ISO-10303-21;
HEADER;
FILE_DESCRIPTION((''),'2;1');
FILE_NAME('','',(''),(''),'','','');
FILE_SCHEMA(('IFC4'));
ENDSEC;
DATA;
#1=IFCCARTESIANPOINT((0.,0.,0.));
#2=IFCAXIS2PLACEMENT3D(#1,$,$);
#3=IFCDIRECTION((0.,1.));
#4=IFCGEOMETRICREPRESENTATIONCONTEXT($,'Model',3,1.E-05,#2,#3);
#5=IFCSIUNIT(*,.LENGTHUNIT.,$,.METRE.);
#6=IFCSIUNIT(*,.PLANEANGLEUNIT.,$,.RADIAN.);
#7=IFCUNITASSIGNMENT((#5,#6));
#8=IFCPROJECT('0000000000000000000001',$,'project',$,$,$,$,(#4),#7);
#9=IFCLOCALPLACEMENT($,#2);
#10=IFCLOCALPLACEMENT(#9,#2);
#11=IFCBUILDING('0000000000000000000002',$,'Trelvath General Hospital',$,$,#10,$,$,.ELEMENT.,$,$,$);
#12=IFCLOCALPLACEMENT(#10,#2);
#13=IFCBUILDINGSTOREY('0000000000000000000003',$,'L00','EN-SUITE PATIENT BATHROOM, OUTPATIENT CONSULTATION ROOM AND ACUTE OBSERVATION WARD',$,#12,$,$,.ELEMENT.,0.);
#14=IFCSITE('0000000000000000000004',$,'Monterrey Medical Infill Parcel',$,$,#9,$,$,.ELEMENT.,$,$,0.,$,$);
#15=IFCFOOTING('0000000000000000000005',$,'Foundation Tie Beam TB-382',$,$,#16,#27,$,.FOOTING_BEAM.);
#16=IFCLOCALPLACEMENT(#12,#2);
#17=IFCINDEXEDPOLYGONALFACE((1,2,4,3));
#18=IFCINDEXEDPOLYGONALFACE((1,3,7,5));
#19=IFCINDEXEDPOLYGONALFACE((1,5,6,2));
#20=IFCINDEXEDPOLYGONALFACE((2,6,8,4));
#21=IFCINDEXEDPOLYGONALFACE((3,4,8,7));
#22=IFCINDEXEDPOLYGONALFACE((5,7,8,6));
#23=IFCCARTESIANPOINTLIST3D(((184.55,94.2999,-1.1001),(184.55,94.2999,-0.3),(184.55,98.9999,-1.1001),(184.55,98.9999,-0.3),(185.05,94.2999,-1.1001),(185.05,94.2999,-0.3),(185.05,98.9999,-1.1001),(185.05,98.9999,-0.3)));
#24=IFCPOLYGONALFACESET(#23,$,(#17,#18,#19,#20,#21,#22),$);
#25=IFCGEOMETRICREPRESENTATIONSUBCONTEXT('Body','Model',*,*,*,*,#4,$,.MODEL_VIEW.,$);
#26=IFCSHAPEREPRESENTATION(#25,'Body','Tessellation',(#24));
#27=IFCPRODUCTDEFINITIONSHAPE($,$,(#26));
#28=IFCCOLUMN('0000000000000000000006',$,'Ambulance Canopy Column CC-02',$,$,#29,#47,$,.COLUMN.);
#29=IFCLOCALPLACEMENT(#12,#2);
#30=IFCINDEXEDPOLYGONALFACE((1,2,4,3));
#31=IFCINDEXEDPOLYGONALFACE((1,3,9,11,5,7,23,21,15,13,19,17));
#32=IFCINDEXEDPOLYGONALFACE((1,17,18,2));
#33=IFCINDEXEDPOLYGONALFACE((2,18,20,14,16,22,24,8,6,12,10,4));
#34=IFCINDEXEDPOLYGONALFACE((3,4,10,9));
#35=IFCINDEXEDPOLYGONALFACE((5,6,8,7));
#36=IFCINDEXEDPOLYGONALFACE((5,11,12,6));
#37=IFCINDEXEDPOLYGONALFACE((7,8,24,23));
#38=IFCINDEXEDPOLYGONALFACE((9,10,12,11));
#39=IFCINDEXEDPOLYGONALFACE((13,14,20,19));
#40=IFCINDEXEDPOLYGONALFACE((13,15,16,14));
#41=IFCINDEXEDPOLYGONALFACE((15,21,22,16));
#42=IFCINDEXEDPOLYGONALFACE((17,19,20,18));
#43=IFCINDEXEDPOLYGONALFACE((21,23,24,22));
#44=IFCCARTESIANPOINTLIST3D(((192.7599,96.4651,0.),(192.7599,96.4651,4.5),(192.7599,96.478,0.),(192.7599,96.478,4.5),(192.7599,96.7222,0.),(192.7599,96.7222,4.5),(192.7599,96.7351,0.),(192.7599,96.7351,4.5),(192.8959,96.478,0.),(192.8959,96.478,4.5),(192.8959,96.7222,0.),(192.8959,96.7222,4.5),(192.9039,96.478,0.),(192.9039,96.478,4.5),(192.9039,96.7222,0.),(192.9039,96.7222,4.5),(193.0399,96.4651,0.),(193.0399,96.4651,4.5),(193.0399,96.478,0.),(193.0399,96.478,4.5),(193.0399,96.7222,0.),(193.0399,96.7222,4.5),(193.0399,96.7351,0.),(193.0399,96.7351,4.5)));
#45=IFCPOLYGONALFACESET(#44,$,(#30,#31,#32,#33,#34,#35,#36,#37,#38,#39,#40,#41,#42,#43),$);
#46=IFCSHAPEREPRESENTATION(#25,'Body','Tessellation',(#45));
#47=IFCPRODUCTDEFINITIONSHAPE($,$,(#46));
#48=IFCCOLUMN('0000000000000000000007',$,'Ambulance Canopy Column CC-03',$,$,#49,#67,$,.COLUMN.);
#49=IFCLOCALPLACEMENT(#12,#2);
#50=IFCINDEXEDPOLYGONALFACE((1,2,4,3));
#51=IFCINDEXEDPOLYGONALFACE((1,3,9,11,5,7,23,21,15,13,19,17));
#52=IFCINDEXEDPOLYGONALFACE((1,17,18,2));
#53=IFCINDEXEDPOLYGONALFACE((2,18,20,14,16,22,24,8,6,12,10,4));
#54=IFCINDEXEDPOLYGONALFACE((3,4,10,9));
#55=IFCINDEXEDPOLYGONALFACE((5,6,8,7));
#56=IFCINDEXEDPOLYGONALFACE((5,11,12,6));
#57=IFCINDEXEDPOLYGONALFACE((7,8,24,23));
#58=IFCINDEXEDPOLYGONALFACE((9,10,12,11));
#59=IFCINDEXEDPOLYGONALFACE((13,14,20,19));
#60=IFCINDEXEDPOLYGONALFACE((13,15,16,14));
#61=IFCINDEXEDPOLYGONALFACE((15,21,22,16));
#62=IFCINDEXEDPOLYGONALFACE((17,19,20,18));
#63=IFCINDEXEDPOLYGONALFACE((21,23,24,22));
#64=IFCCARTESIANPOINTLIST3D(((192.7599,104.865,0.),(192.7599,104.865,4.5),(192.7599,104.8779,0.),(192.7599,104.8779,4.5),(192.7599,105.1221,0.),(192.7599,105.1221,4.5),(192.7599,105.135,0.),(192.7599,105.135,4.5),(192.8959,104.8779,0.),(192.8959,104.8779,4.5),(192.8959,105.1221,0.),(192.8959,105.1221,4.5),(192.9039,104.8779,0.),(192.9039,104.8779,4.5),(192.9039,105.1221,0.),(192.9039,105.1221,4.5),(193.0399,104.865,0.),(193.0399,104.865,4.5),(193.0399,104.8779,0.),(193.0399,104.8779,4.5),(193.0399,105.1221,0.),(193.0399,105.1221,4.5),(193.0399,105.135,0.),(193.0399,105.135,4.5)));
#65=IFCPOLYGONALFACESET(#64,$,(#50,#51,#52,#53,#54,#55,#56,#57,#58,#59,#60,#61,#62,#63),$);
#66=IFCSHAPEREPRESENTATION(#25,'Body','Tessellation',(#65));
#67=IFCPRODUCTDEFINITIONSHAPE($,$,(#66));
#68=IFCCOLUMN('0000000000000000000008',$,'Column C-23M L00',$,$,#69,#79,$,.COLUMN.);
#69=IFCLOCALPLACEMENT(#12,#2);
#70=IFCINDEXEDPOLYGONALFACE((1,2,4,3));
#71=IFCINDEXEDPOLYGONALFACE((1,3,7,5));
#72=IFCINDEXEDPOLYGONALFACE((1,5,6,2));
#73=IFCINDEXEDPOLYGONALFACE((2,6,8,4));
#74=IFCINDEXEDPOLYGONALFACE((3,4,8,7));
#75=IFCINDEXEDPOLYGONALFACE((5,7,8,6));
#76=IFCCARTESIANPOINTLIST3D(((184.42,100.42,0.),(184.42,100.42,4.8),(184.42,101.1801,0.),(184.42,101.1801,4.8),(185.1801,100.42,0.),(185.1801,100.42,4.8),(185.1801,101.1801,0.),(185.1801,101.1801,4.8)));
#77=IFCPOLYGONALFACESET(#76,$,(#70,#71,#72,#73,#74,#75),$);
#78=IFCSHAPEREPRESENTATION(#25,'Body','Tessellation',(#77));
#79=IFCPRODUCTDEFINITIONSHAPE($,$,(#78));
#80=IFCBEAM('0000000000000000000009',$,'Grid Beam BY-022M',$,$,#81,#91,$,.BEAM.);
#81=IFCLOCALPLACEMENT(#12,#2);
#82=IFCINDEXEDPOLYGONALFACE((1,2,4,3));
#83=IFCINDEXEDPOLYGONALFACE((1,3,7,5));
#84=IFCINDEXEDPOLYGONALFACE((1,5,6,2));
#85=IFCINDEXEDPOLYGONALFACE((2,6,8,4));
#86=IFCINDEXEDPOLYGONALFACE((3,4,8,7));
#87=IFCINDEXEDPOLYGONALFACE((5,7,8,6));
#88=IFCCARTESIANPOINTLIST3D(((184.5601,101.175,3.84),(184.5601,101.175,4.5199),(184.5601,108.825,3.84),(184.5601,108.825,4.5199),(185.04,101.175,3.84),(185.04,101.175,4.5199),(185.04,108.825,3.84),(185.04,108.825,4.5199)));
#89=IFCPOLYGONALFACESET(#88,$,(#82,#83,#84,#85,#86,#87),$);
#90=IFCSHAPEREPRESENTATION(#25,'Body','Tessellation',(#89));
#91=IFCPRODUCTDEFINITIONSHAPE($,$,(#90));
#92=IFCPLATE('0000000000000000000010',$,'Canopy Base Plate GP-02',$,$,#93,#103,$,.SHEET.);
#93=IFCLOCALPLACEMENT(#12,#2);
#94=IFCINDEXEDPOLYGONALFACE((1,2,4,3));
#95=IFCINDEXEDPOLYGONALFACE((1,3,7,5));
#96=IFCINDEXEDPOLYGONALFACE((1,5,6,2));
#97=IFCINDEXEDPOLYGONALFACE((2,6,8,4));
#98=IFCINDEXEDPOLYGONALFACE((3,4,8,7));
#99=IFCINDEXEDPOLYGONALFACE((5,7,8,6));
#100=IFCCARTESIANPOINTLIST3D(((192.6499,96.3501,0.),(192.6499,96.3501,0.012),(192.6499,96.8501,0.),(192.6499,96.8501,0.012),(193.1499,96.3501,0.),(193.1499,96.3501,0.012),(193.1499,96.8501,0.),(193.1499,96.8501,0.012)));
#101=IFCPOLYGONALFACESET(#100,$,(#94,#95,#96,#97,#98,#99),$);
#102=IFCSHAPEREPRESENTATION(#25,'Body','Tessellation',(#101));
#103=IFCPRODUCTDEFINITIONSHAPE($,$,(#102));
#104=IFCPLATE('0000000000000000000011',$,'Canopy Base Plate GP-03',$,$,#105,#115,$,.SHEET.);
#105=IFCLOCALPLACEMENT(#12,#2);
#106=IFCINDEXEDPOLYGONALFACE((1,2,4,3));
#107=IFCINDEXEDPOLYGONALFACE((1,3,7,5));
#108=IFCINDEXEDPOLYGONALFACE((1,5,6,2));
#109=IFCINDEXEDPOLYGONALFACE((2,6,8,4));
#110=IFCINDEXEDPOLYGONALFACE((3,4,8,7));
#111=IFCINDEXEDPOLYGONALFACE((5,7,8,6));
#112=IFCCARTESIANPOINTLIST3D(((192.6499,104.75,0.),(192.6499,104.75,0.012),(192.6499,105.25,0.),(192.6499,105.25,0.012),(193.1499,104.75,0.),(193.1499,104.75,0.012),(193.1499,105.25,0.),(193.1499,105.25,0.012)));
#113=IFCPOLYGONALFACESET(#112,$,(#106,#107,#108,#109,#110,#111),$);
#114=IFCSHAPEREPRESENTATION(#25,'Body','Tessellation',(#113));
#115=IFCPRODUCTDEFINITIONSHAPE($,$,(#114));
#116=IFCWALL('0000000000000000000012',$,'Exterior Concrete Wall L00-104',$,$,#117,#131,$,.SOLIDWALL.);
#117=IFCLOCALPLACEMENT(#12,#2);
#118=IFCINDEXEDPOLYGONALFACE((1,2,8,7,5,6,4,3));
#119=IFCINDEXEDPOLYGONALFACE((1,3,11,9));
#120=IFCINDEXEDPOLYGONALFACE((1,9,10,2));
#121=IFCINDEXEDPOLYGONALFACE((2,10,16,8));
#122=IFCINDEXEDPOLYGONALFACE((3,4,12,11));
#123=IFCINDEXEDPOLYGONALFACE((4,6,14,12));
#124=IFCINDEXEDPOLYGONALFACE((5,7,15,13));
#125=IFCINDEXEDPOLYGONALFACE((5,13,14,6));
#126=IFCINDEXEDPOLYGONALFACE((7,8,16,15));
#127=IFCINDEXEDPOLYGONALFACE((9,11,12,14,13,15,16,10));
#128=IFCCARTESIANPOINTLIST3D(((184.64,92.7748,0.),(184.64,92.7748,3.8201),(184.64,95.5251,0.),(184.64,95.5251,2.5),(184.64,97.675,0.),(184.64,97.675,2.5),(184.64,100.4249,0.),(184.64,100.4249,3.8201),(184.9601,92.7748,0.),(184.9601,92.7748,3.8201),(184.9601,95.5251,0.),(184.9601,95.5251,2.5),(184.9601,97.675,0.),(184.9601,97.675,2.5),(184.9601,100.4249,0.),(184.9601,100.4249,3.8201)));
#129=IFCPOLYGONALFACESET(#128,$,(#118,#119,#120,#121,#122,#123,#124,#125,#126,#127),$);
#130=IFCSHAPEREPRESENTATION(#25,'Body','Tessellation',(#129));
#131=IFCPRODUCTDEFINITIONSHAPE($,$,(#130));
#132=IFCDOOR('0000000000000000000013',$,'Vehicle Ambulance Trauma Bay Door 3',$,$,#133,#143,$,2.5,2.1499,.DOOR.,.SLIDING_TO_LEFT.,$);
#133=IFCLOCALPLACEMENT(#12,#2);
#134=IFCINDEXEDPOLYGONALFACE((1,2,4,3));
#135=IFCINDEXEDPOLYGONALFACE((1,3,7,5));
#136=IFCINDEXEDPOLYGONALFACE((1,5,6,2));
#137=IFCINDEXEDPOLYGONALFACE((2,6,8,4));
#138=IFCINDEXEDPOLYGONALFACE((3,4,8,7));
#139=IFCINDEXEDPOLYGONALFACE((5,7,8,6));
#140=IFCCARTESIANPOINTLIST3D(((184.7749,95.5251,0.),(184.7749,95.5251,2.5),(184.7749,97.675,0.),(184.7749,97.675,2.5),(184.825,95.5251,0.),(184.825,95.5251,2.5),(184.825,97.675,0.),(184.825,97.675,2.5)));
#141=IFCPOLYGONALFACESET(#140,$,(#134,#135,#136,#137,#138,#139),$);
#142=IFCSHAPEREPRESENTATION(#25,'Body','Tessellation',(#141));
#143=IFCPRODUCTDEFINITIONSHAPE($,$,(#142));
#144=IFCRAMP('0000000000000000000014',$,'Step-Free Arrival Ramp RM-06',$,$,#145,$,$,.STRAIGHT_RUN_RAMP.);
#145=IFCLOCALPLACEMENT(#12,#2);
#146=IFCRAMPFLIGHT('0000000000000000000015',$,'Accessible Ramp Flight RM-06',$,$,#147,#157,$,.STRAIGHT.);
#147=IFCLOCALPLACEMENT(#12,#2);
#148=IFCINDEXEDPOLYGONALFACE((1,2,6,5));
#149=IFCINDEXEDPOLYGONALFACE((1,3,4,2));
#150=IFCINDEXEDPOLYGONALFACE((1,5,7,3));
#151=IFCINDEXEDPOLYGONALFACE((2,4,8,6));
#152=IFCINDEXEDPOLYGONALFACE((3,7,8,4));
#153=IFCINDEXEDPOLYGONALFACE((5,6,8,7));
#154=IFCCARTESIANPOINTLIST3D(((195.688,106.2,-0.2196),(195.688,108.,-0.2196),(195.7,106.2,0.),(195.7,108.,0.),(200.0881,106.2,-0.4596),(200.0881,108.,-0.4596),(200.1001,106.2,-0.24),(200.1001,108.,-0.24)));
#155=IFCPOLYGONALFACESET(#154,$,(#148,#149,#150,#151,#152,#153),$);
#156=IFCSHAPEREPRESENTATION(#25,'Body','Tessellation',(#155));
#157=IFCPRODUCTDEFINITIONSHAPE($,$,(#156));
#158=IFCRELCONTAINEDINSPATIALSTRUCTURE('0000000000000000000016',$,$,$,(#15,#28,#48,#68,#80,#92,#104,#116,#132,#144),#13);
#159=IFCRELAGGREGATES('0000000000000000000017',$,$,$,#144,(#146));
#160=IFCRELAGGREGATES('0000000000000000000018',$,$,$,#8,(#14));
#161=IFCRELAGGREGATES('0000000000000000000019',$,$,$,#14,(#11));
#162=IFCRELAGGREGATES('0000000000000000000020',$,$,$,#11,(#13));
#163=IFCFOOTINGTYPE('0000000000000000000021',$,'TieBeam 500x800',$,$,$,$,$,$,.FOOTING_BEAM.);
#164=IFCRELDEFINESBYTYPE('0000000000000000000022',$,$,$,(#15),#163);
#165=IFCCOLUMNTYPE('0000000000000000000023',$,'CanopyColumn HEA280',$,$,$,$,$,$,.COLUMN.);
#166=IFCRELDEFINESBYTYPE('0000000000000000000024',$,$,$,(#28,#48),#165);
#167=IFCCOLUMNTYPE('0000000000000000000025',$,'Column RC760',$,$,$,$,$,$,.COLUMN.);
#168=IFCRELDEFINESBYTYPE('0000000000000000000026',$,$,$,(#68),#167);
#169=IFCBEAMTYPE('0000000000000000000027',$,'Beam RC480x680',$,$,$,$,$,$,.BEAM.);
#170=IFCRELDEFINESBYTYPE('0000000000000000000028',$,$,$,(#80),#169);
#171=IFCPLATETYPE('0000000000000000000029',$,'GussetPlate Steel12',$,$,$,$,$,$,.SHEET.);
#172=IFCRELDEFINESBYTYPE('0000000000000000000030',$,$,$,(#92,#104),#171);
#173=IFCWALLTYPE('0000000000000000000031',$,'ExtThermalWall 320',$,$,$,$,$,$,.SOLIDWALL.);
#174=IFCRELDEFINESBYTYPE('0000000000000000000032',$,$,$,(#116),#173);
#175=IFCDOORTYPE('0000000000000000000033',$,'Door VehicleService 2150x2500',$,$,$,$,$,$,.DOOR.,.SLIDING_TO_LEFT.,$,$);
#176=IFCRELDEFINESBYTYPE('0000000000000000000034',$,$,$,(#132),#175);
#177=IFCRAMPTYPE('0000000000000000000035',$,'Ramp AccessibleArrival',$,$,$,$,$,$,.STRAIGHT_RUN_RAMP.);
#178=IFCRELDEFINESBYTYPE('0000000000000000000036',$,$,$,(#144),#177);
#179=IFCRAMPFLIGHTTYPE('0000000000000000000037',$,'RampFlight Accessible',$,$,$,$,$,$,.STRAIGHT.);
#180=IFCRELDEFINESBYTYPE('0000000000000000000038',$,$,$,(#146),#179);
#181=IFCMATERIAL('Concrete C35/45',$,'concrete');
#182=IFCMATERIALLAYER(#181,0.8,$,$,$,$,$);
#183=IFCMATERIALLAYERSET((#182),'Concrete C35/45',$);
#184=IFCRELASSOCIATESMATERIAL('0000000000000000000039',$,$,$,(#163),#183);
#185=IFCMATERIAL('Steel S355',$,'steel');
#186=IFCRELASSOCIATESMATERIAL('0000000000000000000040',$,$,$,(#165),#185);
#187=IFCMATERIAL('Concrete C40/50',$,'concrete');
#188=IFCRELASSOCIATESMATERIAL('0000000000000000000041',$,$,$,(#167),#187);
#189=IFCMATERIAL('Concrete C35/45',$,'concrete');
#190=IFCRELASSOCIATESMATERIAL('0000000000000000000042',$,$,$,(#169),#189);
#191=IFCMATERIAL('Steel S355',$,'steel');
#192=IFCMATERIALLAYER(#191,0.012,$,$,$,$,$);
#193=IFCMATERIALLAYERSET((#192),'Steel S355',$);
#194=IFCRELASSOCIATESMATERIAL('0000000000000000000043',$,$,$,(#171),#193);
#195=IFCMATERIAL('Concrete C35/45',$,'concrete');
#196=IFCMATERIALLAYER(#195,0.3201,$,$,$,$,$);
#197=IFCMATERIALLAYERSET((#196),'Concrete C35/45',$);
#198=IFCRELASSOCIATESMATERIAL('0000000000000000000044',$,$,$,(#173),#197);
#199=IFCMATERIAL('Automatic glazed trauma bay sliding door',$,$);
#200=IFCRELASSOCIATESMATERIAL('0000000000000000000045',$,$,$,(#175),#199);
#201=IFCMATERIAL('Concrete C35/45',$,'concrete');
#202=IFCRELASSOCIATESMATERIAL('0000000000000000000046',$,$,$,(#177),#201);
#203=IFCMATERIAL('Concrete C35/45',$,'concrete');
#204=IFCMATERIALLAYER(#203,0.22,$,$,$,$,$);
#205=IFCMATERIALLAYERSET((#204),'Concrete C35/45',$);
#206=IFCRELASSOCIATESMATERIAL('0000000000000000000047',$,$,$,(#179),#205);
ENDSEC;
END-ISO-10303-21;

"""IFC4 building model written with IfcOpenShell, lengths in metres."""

from ifc_helpers import new_model, si_unit, direction, frame, frame_2d, origin, origin_2d, place, context, subcontext, project, spatial, polyline, rectangle, i_section, outline, extrude, material, layer, layer_set, material_profile, profile_set, type_object, element, fill, aggregate, save


model = new_model("IFC4")

# Units and contexts
model_context = context("Model", 3, precision=1e-05, world=origin(), true_north=direction((0.0, 1.0)))
body_context = subcontext(model_context, "Body", "Model", "MODEL_VIEW")
ifc_project = project(units=[si_unit("LENGTHUNIT", "METRE"), si_unit("PLANEANGLEUNIT", "RADIAN")], contexts=[model_context])

# Site, building, storey
site_placement = place(None, origin())
site = spatial("IfcSite", under=ifc_project, at=site_placement, Name="Monterrey Medical Infill Parcel", CompositionType="ELEMENT", RefElevation=0.0)
building_placement = place(site_placement, origin())
building = spatial("IfcBuilding", under=site, at=building_placement, Name="Trelvath General Hospital", CompositionType="ELEMENT")
storey_placement = place(building_placement, origin())
storey = spatial("IfcBuildingStorey", under=building, at=storey_placement, Name="L00", Description="EN-SUITE PATIENT BATHROOM, OUTPATIENT CONSULTATION ROOM AND ACUTE OBSERVATION WARD", CompositionType="ELEMENT", Elevation=0.0)

# Footing
ifc_material_1 = material(Name="Concrete C35/45", Category="concrete")
ifc_layer_1 = layer(ifc_material_1, 0.8)
ifc_layer_set_1 = layer_set([ifc_layer_1], Name="Concrete C35/45")
footing_type_1 = type_object("IfcFootingType", Name="TieBeam 500x800", PredefinedType="FOOTING_BEAM", material=ifc_layer_set_1)
footing_1_placement = place(storey_placement, frame((184.8, 96.6499, -1.1001), z_axis=(0.0, 0.0, 1.0), x_axis=(1.0, 0.0, 0.0)))
element("IfcFooting", 1, at=footing_1_placement, inside=storey, type_object=footing_type_1, Name="Foundation Tie Beam TB-382", PredefinedType="FOOTING_BEAM", context=body_context, shape_type="SweptSolid", body=[
    extrude(rectangle(XDim=0.5, YDim=4.7, at=origin_2d()), origin(), (0.0, 0.0, 1.0), 0.8),
])

# Columns
ifc_material_2 = material(Name="Steel S355", Category="steel")
ifc_material_profile_1 = material_profile(ifc_material_2, i_section(OverallWidth=0.28, OverallDepth=0.27, WebThickness=0.0081, FlangeThickness=0.0129, at=origin_2d()), Name="HEA280")
ifc_profile_set_1 = profile_set([ifc_material_profile_1], Name="Steel S355")
column_type_1 = type_object("IfcColumnType", Name="CanopyColumn HEA280", PredefinedType="COLUMN", material=ifc_profile_set_1)
for number, where, z_axis, x_axis, name in (
    (2, (192.8999, 96.6001, 0.0), (0.0, 0.0, 1.0), (1.0, 0.0, 0.0), "Ambulance Canopy Column CC-02"),
    (3, (192.8999, 105.0, 0.0), (0.0, 0.0, 1.0), (1.0, 0.0, 0.0), "Ambulance Canopy Column CC-03"),
):
    element("IfcColumn", number, at=place(storey_placement, frame(where, z_axis=z_axis, x_axis=x_axis)), inside=storey, type_object=column_type_1, Name=name, PredefinedType="COLUMN", context=body_context, shape_type="SweptSolid", body=[
        extrude(i_section(OverallWidth=0.28, OverallDepth=0.27, WebThickness=0.0081, FlangeThickness=0.0129, at=origin_2d()), origin(), (0.0, 0.0, 1.0), 4.5),
    ])
ifc_material_3 = material(Name="Concrete C40/50", Category="concrete")
ifc_material_profile_2 = material_profile(ifc_material_3, rectangle(XDim=0.76, YDim=0.76, at=origin_2d()), Name="RC760x760")
ifc_profile_set_2 = profile_set([ifc_material_profile_2], Name="Concrete C40/50")
column_type_2 = type_object("IfcColumnType", Name="Column RC760", PredefinedType="COLUMN", material=ifc_profile_set_2)
column_placement = place(storey_placement, frame((184.8, 100.8, 0.0), z_axis=(0.0, 0.0, 1.0), x_axis=(1.0, 0.0, 0.0)))
element("IfcColumn", 4, at=column_placement, inside=storey, type_object=column_type_2, Name="Column C-23M L00", PredefinedType="COLUMN", context=body_context, shape_type="SweptSolid", body=[
    extrude(rectangle(XDim=0.76, YDim=0.76, at=origin_2d()), origin(), (0.0, 0.0, 1.0), 4.8),
])

# Beam
ifc_material_4 = material(Name="Concrete C35/45", Category="concrete")
ifc_material_profile_3 = material_profile(ifc_material_4, rectangle(XDim=0.48, YDim=0.6799, at=origin_2d()), Name="RCB480x680")
ifc_profile_set_3 = profile_set([ifc_material_profile_3], Name="Concrete C35/45")
beam_type = type_object("IfcBeamType", Name="Beam RC480x680", PredefinedType="BEAM", material=ifc_profile_set_3)
beam_placement = place(storey_placement, frame((184.8, 101.175, 4.1799), z_axis=(0.0, 1.0, 0.0), x_axis=(-1.0, 0.0, 0.0)))
element("IfcBeam", 5, at=beam_placement, inside=storey, type_object=beam_type, Name="Grid Beam BY-022M", PredefinedType="BEAM", context=body_context, shape_type="SweptSolid", body=[
    extrude(rectangle(XDim=0.48, YDim=0.6799, at=origin_2d()), origin(), (0.0, 0.0, 1.0), 7.6499),
])

# Plates
ifc_material_5 = material(Name="Steel S355", Category="steel")
ifc_layer_2 = layer(ifc_material_5, 0.012)
ifc_layer_set_2 = layer_set([ifc_layer_2], Name="Steel S355")
plate_type = type_object("IfcPlateType", Name="GussetPlate Steel12", PredefinedType="SHEET", material=ifc_layer_set_2)
for number, where, z_axis, x_axis, name in (
    (6, (192.8999, 96.6001, 0.0), (0.0, 0.0, 1.0), (1.0, 0.0, 0.0), "Canopy Base Plate GP-02"),
    (7, (192.8999, 105.0, 0.0), (0.0, 0.0, 1.0), (1.0, 0.0, 0.0), "Canopy Base Plate GP-03"),
):
    element("IfcPlate", number, at=place(storey_placement, frame(where, z_axis=z_axis, x_axis=x_axis)), inside=storey, type_object=plate_type, Name=name, PredefinedType="SHEET", context=body_context, shape_type="SweptSolid", body=[
        extrude(rectangle(XDim=0.5, YDim=0.5, at=origin_2d()), origin(), (0.0, 0.0, 1.0), 0.012),
    ])

# Wall, opening, door
ifc_material_6 = material(Name="Concrete C35/45", Category="concrete")
ifc_layer_3 = layer(ifc_material_6, 0.3201)
ifc_layer_set_3 = layer_set([ifc_layer_3], Name="Concrete C35/45")
wall_type_1 = type_object("IfcWallType", Name="ExtThermalWall 320", PredefinedType="SOLIDWALL", material=ifc_layer_set_3)
wall_1_placement = place(storey_placement, frame((184.8, 100.425, 0.0), z_axis=(0.0, 0.0, 1.0), x_axis=(0.0, -1.0, 0.0)))
wall_1 = element("IfcWall", 8, at=wall_1_placement, inside=storey, type_object=wall_type_1, Name="Exterior Concrete Wall L00-104", PredefinedType="SOLIDWALL", context=body_context, shape_type="SweptSolid", body=[
    extrude(rectangle(XDim=7.6501, YDim=0.3201, at=frame_2d((3.8252, 0.0))), origin(), (0.0, 0.0, 1.0), 3.8201),
])
opening_1_placement = place(wall_1_placement, frame((2.75, 0.0, 0.0)))
opening_1 = element("IfcOpeningElement", 9, at=opening_1_placement, cuts=wall_1, PredefinedType="OPENING", context=body_context, shape_type="SweptSolid", body=[
    extrude(rectangle(XDim=2.1499, YDim=2.5, at=frame_2d((1.075, 1.25))), frame((0.0, 0.1699, 0.0), z_axis=(0.0, -1.0, 0.0), x_axis=(1.0, 0.0, 0.0)), (0.0, 0.0, 1.0), 0.3401),
])
ifc_material_7 = material(Name="Automatic glazed trauma bay sliding door")
door_type_1 = type_object("IfcDoorType", Name="Door VehicleService 2150x2500", OperationType="SLIDING_TO_LEFT", PredefinedType="DOOR", material=ifc_material_7)
door_1_placement = place(opening_1_placement, origin())
door_1 = element("IfcDoor", 10, at=door_1_placement, inside=storey, type_object=door_type_1, Name="Vehicle Ambulance Trauma Bay Door 3", OperationType="SLIDING_TO_LEFT", OverallHeight=2.5, OverallWidth=2.1499, PredefinedType="DOOR", context=body_context, shape_type="SweptSolid", body=[
    extrude(rectangle(XDim=2.1499, YDim=2.5, at=frame_2d((1.075, 1.25))), frame((0.0, 0.0249, 0.0), z_axis=(0.0, -1.0, 0.0), x_axis=(1.0, 0.0, 0.0)), (0.0, 0.0, 1.0), 0.05),
])
fill(opening_1, door_1)

# Ramp, ramp flight
ifc_material_8 = material(Name="Concrete C35/45", Category="concrete")
ramp_type = type_object("IfcRampType", Name="Ramp AccessibleArrival", PredefinedType="STRAIGHT_RUN_RAMP", material=ifc_material_8)
ramp_placement = place(storey_placement, origin())
ramp = element("IfcRamp", 11, at=ramp_placement, inside=storey, type_object=ramp_type, Name="Step-Free Arrival Ramp RM-06", PredefinedType="STRAIGHT_RUN_RAMP")
ifc_material_9 = material(Name="Concrete C35/45", Category="concrete")
ifc_layer_4 = layer(ifc_material_9, 0.22)
ifc_layer_set_4 = layer_set([ifc_layer_4], Name="Concrete C35/45")
ramp_flight_type = type_object("IfcRampFlightType", Name="RampFlight Accessible", PredefinedType="STRAIGHT", material=ifc_layer_set_4)
ramp_flight_placement = place(storey_placement, frame((195.7, 106.2, 0.0), z_axis=(0.05446, 0.0, 0.998516), x_axis=(0.998516, 0.0, -0.05446)))
ramp_flight = element("IfcRampFlight", 12, at=ramp_flight_placement, type_object=ramp_flight_type, Name="Accessible Ramp Flight RM-06", PredefinedType="STRAIGHT", context=body_context, shape_type="SweptSolid", body=[
    extrude(outline(polyline([(0.0, 0.0), (4.4067, 0.0), (4.4067, 1.8), (0.0, 1.8), (0.0, 0.0)])), origin(), (0.0, 0.0, -1.0), 0.22),
])
aggregate(ramp, [ramp_flight])

save(model, "model.ifc")
